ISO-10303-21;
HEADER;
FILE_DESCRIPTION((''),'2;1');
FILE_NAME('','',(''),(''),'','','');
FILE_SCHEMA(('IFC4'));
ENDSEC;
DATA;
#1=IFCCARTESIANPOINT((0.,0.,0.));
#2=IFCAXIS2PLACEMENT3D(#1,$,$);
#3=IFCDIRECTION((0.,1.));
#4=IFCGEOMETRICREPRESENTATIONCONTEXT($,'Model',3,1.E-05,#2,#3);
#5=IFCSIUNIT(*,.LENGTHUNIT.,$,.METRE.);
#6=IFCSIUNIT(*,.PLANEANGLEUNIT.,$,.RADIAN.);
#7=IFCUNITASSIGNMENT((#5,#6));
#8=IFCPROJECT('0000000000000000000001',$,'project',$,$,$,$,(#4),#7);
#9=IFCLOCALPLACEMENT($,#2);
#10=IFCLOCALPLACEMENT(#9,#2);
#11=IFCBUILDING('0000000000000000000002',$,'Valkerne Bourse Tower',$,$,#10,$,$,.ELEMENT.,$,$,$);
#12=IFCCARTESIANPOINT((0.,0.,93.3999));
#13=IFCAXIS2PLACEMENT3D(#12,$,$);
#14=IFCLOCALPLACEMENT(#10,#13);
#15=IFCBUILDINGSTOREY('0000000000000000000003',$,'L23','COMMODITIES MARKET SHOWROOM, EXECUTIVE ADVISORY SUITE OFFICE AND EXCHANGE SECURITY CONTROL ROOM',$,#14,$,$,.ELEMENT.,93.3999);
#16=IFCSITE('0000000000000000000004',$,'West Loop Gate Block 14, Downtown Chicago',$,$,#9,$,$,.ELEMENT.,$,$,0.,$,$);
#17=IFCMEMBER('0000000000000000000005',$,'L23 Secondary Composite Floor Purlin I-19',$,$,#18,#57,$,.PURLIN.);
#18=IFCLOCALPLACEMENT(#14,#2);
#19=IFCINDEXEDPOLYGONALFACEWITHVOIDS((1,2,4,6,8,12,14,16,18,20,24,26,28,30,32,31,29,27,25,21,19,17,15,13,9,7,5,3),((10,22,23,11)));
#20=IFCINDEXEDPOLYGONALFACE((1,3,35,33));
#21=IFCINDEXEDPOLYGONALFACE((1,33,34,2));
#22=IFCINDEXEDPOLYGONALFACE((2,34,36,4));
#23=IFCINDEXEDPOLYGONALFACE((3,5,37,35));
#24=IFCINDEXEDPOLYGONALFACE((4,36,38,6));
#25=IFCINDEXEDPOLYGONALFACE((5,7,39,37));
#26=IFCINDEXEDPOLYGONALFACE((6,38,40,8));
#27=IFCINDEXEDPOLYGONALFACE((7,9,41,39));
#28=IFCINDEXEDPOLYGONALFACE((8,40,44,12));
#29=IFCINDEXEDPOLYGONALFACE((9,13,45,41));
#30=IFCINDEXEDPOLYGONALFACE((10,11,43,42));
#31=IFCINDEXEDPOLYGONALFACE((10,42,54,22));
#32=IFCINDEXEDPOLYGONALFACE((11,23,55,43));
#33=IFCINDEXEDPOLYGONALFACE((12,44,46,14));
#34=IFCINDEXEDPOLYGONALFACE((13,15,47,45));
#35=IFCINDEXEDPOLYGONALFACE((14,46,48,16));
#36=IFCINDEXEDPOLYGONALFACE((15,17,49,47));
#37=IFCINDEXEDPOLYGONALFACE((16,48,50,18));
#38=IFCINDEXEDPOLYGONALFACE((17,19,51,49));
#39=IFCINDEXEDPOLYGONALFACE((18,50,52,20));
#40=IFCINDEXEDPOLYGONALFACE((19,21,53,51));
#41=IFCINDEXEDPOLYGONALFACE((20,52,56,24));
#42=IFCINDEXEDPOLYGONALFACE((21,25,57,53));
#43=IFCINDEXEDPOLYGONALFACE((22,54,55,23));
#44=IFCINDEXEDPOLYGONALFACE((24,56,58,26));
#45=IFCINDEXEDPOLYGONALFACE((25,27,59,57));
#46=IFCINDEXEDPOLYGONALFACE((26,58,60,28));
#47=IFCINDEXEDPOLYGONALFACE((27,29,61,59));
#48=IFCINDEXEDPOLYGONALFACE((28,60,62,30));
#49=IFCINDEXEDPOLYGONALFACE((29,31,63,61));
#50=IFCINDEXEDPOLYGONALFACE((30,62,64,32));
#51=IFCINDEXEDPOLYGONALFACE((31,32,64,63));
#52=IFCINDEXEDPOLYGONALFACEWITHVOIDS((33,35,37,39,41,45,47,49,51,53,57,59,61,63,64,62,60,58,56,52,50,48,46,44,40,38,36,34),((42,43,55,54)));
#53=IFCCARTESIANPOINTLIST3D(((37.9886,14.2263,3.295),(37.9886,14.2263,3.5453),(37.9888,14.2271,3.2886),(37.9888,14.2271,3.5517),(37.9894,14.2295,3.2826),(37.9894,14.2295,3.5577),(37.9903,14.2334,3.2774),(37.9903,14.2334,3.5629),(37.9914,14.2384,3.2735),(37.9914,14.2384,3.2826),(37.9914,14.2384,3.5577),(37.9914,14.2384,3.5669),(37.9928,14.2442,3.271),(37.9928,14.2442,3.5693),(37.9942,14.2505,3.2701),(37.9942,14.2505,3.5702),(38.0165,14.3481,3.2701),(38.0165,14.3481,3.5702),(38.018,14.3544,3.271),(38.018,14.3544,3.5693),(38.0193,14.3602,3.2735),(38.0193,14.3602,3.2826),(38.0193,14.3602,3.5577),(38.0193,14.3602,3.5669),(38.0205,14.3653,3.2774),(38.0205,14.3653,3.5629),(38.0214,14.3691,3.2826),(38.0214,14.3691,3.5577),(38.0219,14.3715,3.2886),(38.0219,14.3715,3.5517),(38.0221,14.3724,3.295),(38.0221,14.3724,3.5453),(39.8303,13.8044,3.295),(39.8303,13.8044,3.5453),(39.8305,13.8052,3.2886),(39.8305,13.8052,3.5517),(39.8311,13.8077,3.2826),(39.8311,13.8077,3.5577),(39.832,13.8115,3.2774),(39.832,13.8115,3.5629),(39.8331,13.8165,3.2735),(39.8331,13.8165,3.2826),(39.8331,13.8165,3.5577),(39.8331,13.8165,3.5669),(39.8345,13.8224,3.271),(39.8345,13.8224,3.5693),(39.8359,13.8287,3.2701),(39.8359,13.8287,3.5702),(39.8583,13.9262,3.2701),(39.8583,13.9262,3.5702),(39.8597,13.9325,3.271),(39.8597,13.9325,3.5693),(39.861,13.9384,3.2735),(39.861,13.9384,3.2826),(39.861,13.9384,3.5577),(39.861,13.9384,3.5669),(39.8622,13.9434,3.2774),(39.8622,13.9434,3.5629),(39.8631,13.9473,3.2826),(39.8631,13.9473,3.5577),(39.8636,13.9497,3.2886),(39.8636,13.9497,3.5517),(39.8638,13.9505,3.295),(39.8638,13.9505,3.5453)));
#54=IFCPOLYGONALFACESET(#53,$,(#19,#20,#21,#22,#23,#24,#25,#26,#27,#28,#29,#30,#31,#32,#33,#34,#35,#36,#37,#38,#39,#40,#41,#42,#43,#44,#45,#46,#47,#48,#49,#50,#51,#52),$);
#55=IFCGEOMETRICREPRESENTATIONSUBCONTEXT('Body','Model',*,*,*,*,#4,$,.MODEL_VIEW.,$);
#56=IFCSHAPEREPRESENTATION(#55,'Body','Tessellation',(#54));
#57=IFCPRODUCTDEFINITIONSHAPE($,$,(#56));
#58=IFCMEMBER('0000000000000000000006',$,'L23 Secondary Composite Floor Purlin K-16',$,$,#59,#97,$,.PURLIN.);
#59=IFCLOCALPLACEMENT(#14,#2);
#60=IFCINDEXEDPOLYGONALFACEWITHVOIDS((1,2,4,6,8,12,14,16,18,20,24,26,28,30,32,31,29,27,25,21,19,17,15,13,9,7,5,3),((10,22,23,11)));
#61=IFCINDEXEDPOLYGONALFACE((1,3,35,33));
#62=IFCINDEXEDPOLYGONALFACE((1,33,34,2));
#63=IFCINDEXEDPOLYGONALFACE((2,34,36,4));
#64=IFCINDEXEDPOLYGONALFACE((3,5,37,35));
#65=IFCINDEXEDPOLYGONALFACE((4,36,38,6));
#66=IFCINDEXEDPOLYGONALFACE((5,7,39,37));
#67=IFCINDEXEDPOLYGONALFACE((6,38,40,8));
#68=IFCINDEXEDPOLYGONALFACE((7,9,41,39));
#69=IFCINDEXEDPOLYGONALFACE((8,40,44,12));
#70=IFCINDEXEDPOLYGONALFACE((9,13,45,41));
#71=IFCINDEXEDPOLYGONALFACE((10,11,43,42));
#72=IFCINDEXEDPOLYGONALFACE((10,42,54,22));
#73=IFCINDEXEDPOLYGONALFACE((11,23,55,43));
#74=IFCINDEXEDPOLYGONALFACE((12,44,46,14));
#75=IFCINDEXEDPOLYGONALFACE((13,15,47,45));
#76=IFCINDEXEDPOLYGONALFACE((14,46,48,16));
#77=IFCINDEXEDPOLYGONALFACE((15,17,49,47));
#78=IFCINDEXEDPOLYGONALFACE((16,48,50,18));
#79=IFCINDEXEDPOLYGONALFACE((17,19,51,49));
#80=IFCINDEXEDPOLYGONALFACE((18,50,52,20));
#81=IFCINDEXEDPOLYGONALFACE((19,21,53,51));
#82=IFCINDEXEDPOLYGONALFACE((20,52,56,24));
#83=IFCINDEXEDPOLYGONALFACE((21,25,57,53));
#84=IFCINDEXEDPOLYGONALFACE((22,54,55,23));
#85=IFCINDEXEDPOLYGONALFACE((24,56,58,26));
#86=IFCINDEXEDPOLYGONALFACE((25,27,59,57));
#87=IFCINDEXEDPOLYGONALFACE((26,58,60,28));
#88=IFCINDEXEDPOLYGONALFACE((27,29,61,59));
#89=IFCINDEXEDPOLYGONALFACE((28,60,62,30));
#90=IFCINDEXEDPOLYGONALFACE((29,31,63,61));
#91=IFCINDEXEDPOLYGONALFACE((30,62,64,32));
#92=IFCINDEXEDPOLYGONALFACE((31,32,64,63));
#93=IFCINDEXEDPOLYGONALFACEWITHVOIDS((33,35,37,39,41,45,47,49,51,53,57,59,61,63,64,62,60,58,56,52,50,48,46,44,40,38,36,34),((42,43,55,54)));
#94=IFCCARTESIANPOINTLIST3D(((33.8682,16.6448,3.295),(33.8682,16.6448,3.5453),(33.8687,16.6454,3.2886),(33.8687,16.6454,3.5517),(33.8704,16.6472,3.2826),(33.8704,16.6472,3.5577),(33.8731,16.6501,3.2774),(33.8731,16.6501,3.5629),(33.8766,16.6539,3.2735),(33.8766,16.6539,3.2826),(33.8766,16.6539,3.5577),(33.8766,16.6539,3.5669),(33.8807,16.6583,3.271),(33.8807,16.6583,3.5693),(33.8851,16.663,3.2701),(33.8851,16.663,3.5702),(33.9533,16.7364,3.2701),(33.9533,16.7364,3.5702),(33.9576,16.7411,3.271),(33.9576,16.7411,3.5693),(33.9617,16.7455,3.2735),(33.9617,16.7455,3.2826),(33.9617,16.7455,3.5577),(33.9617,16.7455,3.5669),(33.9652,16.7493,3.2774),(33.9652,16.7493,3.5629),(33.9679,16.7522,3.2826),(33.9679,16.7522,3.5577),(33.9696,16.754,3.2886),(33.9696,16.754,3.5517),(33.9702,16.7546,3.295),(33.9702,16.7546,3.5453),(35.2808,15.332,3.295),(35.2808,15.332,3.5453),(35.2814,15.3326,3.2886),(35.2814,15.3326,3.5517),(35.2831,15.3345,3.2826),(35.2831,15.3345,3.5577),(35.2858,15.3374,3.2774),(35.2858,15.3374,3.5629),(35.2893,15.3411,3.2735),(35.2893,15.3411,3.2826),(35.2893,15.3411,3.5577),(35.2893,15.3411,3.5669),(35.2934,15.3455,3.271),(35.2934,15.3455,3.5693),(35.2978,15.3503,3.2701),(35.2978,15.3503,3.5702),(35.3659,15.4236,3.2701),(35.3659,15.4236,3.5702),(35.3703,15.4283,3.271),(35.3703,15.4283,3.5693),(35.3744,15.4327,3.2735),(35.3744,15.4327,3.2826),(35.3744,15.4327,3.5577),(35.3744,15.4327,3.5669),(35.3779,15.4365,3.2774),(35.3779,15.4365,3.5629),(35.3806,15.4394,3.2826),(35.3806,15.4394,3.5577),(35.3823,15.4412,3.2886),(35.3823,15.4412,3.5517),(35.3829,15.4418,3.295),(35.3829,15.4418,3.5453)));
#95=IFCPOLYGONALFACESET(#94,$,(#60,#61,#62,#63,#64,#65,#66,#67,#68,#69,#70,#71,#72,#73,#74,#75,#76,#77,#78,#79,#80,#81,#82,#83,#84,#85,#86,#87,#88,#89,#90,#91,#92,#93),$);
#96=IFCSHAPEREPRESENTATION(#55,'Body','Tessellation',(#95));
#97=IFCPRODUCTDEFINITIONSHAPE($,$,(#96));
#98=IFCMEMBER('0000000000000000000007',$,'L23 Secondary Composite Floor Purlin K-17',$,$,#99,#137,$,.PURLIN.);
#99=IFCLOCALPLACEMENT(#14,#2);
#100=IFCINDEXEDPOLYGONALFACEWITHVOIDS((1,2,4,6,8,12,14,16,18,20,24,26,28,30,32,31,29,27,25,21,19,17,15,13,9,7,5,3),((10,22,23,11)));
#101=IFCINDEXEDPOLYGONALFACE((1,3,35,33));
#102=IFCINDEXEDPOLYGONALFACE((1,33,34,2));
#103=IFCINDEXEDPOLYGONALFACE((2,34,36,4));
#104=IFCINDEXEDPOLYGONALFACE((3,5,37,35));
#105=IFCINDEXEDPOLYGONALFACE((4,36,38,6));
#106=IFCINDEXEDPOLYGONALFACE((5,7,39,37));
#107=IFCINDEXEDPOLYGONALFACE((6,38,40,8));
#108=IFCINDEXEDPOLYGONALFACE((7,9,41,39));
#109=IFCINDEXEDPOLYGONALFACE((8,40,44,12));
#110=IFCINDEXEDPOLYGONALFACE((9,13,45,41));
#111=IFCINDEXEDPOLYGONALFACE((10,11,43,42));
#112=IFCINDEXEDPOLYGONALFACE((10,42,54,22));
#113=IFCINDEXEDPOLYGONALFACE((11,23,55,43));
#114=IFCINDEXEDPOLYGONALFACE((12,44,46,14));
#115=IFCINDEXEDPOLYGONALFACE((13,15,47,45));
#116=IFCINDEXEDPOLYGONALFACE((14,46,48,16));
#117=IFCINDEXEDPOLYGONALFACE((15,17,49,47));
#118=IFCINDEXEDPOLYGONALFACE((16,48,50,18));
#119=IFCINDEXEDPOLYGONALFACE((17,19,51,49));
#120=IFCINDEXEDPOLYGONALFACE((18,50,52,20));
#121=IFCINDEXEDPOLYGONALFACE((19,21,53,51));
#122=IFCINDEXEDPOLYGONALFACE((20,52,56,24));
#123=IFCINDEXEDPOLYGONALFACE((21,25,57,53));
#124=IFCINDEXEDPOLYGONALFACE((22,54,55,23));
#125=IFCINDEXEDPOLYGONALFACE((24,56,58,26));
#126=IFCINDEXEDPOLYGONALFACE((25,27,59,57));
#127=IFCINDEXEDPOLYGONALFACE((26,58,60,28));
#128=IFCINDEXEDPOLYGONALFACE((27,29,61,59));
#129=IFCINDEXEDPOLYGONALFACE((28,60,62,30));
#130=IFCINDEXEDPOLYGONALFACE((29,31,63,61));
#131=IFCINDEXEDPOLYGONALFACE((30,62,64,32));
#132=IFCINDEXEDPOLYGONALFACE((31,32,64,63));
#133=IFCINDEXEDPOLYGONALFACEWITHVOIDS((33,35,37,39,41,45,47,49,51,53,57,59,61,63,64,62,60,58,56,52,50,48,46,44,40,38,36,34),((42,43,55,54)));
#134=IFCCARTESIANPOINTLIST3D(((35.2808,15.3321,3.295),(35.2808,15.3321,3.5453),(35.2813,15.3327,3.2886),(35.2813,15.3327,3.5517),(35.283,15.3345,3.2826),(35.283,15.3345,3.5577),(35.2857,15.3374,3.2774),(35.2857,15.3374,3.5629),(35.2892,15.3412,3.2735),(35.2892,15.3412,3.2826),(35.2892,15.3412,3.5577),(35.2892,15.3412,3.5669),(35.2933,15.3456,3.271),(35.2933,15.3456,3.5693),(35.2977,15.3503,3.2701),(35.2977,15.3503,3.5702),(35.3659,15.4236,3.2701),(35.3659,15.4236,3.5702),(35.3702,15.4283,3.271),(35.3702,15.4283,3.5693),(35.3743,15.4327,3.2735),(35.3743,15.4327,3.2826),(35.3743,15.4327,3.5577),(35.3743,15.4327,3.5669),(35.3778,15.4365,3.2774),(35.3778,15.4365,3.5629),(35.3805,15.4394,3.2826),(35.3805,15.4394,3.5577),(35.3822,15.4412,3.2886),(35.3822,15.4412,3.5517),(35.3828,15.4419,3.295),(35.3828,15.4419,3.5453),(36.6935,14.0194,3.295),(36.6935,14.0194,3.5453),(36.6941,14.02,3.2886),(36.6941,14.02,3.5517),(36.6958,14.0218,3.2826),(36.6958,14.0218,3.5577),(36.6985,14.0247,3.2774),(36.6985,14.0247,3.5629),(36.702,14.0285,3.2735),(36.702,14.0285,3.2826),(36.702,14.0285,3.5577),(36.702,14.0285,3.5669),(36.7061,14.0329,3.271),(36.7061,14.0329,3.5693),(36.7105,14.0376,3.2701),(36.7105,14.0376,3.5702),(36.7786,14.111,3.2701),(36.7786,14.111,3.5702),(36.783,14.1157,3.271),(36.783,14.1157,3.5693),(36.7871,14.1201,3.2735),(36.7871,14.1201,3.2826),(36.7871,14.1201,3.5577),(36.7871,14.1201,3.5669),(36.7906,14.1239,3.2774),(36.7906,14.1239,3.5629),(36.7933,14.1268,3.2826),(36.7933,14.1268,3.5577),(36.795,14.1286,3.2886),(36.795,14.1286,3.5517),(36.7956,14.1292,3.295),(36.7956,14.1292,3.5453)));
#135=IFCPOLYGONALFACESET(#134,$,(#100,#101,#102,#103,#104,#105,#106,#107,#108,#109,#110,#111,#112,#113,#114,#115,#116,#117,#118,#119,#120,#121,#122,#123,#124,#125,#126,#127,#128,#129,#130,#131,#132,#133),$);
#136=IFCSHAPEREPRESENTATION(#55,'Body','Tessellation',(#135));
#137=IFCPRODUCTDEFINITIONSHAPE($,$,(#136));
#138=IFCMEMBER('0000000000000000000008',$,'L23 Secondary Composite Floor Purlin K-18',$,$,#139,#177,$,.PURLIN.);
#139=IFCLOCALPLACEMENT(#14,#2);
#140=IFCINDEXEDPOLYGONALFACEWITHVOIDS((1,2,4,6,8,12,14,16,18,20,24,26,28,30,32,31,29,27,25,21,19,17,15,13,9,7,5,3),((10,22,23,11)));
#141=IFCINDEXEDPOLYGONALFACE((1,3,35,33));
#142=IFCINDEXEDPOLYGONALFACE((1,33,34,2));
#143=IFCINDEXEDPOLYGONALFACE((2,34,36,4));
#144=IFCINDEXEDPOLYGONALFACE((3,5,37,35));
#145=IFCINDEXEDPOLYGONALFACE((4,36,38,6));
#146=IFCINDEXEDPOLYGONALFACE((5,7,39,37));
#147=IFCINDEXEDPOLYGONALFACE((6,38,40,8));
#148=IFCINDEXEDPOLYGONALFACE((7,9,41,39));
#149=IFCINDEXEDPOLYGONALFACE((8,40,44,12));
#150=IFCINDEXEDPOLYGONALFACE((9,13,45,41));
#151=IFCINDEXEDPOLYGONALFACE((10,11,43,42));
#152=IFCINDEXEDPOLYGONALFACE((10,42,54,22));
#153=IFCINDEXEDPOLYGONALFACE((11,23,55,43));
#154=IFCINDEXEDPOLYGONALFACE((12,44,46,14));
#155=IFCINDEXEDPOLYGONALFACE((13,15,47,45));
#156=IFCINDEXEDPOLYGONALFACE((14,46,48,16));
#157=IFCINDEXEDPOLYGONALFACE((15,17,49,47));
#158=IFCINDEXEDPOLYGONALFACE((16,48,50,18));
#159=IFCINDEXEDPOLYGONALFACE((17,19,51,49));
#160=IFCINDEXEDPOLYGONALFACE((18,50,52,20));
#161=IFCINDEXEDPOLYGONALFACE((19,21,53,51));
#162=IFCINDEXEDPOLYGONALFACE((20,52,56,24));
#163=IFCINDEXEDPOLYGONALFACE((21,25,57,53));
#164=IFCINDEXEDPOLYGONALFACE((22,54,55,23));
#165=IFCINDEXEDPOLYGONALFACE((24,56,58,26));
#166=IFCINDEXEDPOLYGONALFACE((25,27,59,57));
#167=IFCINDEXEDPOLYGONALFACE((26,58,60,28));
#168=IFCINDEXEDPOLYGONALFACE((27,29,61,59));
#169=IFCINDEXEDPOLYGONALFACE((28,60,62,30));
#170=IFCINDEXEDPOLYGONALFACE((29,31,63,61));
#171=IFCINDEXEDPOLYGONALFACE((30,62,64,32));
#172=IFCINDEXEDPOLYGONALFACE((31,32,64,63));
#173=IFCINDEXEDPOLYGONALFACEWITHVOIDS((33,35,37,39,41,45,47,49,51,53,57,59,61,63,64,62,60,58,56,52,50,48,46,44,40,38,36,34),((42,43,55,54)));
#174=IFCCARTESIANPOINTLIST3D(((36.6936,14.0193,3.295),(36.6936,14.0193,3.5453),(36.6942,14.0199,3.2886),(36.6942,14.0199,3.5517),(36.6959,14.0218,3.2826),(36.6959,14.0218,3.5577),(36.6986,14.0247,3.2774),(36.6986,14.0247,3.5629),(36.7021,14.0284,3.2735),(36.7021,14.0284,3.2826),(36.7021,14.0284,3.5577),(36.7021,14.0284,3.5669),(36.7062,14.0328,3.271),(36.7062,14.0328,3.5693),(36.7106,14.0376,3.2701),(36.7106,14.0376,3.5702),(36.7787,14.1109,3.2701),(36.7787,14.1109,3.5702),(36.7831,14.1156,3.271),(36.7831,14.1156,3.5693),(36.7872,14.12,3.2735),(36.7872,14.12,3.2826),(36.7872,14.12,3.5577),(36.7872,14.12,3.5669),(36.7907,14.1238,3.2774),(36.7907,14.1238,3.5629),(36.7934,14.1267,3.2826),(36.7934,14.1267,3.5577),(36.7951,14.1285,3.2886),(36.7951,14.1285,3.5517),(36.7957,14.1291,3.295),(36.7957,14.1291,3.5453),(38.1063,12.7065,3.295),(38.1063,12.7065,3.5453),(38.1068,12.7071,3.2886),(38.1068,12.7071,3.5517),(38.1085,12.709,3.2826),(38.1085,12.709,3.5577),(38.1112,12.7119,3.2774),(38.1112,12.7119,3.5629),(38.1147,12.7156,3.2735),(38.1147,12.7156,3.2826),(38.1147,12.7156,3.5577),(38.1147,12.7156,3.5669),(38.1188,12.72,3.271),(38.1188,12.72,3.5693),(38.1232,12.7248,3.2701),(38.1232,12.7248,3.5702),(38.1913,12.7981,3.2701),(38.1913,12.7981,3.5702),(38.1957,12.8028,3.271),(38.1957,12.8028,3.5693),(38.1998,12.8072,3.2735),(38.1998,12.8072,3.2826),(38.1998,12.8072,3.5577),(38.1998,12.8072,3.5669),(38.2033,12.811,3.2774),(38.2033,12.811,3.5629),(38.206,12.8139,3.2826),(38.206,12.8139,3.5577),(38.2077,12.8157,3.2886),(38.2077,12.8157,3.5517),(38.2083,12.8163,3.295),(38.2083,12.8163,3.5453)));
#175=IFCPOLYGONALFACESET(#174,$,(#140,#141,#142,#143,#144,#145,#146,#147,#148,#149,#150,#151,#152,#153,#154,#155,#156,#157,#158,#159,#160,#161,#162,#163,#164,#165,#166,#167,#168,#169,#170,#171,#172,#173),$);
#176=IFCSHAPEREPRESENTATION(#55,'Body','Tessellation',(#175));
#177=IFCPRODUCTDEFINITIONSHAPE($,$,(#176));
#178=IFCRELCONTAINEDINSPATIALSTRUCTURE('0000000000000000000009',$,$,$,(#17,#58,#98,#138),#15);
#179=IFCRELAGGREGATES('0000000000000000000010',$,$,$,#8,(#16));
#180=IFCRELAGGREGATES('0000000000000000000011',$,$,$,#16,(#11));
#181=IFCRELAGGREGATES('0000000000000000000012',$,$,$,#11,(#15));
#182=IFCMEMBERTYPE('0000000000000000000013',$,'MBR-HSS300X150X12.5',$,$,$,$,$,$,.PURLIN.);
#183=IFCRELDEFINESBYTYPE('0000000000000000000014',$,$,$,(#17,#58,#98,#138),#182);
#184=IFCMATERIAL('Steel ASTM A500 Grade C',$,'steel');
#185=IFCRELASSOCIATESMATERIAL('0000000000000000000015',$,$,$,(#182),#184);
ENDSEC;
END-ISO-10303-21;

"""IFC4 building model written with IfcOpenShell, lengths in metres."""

from ifc_helpers import new_model, si_unit, direction, frame, origin, origin_2d, place, context, subcontext, project, spatial, hollow_rectangle, extrude, material, material_profile, profile_set, type_object, element, save


model = new_model("IFC4")

# Units and contexts
model_context = context("Model", 3, precision=1e-05, world=origin(), true_north=direction((0.0, 1.0)))
body_context = subcontext(model_context, "Body", "Model", "MODEL_VIEW")
ifc_project = project(units=[si_unit("LENGTHUNIT", "METRE"), si_unit("PLANEANGLEUNIT", "RADIAN")], contexts=[model_context])

# Site, building, storey
site_placement = place(None, origin())
site = spatial("IfcSite", under=ifc_project, at=site_placement, Name="West Loop Gate Block 14, Downtown Chicago", CompositionType="ELEMENT", RefElevation=0.0)
building_placement = place(site_placement, origin())
building = spatial("IfcBuilding", under=site, at=building_placement, Name="Valkerne Bourse Tower", CompositionType="ELEMENT")
storey_placement = place(building_placement, frame((0.0, 0.0, 93.3999)))
storey = spatial("IfcBuildingStorey", under=building, at=storey_placement, Name="L23", Description="COMMODITIES MARKET SHOWROOM, EXECUTIVE ADVISORY SUITE OFFICE AND EXCHANGE SECURITY CONTROL ROOM", CompositionType="ELEMENT", Elevation=93.3999)

# Members
ifc_material_1 = material(Name="Steel ASTM A500 Grade C", Category="steel")
ifc_material_profile_1 = material_profile(ifc_material_1, hollow_rectangle(XDim=0.1499, YDim=0.3, WallThickness=0.0125, OuterFilletRadius=0.0249, at=origin_2d()), Name="HSS300X150X12.5")
ifc_profile_set_1 = profile_set([ifc_material_profile_1], Name="Steel ASTM A500 Grade C")
member_type_1 = type_object("IfcMemberType", Name="MBR-HSS300X150X12.5", PredefinedType="PURLIN", material=ifc_profile_set_1)
member_1_placement = place(storey_placement, frame((38.0054, 14.2993, 3.4202), z_axis=(0.974756, -0.223274, 0.0), x_axis=(0.223274, 0.974756, 0.0)))
element("IfcMember", 1, at=member_1_placement, inside=storey, type_object=member_type_1, Name="L23 Secondary Composite Floor Purlin I-19", PredefinedType="PURLIN", context=body_context, shape_type="SweptSolid", body=[
    extrude(hollow_rectangle(XDim=0.1499, YDim=0.3, WallThickness=0.0125, OuterFilletRadius=0.0249, at=origin_2d()), origin(), (0.0, 0.0, 1.0), 1.8894),
])
for number, where, z_axis, x_axis, name in (
    (2, (33.9192, 16.6997, 3.4202), (0.732523, -0.680742, 0.0), (0.680742, 0.732523, 0.0), "L23 Secondary Composite Floor Purlin K-16"),
    (3, (35.3318, 15.387, 3.4202), (0.732582, -0.680679, 0.0), (0.680679, 0.732582, 0.0), "L23 Secondary Composite Floor Purlin K-17"),
    (4, (36.7446, 14.0742, 3.4202), (0.732523, -0.680742, 0.0), (0.680742, 0.732523, 0.0), "L23 Secondary Composite Floor Purlin K-18"),
):
    element("IfcMember", number, at=place(storey_placement, frame(where, z_axis=z_axis, x_axis=x_axis)), inside=storey, type_object=member_type_1, Name=name, PredefinedType="PURLIN", context=body_context, shape_type="SweptSolid", body=[
        extrude(hollow_rectangle(XDim=0.1499, YDim=0.3, WallThickness=0.0125, OuterFilletRadius=0.0249, at=origin_2d()), origin(), (0.0, 0.0, 1.0), 1.9285),
    ])

save(model, "model.ifc")
